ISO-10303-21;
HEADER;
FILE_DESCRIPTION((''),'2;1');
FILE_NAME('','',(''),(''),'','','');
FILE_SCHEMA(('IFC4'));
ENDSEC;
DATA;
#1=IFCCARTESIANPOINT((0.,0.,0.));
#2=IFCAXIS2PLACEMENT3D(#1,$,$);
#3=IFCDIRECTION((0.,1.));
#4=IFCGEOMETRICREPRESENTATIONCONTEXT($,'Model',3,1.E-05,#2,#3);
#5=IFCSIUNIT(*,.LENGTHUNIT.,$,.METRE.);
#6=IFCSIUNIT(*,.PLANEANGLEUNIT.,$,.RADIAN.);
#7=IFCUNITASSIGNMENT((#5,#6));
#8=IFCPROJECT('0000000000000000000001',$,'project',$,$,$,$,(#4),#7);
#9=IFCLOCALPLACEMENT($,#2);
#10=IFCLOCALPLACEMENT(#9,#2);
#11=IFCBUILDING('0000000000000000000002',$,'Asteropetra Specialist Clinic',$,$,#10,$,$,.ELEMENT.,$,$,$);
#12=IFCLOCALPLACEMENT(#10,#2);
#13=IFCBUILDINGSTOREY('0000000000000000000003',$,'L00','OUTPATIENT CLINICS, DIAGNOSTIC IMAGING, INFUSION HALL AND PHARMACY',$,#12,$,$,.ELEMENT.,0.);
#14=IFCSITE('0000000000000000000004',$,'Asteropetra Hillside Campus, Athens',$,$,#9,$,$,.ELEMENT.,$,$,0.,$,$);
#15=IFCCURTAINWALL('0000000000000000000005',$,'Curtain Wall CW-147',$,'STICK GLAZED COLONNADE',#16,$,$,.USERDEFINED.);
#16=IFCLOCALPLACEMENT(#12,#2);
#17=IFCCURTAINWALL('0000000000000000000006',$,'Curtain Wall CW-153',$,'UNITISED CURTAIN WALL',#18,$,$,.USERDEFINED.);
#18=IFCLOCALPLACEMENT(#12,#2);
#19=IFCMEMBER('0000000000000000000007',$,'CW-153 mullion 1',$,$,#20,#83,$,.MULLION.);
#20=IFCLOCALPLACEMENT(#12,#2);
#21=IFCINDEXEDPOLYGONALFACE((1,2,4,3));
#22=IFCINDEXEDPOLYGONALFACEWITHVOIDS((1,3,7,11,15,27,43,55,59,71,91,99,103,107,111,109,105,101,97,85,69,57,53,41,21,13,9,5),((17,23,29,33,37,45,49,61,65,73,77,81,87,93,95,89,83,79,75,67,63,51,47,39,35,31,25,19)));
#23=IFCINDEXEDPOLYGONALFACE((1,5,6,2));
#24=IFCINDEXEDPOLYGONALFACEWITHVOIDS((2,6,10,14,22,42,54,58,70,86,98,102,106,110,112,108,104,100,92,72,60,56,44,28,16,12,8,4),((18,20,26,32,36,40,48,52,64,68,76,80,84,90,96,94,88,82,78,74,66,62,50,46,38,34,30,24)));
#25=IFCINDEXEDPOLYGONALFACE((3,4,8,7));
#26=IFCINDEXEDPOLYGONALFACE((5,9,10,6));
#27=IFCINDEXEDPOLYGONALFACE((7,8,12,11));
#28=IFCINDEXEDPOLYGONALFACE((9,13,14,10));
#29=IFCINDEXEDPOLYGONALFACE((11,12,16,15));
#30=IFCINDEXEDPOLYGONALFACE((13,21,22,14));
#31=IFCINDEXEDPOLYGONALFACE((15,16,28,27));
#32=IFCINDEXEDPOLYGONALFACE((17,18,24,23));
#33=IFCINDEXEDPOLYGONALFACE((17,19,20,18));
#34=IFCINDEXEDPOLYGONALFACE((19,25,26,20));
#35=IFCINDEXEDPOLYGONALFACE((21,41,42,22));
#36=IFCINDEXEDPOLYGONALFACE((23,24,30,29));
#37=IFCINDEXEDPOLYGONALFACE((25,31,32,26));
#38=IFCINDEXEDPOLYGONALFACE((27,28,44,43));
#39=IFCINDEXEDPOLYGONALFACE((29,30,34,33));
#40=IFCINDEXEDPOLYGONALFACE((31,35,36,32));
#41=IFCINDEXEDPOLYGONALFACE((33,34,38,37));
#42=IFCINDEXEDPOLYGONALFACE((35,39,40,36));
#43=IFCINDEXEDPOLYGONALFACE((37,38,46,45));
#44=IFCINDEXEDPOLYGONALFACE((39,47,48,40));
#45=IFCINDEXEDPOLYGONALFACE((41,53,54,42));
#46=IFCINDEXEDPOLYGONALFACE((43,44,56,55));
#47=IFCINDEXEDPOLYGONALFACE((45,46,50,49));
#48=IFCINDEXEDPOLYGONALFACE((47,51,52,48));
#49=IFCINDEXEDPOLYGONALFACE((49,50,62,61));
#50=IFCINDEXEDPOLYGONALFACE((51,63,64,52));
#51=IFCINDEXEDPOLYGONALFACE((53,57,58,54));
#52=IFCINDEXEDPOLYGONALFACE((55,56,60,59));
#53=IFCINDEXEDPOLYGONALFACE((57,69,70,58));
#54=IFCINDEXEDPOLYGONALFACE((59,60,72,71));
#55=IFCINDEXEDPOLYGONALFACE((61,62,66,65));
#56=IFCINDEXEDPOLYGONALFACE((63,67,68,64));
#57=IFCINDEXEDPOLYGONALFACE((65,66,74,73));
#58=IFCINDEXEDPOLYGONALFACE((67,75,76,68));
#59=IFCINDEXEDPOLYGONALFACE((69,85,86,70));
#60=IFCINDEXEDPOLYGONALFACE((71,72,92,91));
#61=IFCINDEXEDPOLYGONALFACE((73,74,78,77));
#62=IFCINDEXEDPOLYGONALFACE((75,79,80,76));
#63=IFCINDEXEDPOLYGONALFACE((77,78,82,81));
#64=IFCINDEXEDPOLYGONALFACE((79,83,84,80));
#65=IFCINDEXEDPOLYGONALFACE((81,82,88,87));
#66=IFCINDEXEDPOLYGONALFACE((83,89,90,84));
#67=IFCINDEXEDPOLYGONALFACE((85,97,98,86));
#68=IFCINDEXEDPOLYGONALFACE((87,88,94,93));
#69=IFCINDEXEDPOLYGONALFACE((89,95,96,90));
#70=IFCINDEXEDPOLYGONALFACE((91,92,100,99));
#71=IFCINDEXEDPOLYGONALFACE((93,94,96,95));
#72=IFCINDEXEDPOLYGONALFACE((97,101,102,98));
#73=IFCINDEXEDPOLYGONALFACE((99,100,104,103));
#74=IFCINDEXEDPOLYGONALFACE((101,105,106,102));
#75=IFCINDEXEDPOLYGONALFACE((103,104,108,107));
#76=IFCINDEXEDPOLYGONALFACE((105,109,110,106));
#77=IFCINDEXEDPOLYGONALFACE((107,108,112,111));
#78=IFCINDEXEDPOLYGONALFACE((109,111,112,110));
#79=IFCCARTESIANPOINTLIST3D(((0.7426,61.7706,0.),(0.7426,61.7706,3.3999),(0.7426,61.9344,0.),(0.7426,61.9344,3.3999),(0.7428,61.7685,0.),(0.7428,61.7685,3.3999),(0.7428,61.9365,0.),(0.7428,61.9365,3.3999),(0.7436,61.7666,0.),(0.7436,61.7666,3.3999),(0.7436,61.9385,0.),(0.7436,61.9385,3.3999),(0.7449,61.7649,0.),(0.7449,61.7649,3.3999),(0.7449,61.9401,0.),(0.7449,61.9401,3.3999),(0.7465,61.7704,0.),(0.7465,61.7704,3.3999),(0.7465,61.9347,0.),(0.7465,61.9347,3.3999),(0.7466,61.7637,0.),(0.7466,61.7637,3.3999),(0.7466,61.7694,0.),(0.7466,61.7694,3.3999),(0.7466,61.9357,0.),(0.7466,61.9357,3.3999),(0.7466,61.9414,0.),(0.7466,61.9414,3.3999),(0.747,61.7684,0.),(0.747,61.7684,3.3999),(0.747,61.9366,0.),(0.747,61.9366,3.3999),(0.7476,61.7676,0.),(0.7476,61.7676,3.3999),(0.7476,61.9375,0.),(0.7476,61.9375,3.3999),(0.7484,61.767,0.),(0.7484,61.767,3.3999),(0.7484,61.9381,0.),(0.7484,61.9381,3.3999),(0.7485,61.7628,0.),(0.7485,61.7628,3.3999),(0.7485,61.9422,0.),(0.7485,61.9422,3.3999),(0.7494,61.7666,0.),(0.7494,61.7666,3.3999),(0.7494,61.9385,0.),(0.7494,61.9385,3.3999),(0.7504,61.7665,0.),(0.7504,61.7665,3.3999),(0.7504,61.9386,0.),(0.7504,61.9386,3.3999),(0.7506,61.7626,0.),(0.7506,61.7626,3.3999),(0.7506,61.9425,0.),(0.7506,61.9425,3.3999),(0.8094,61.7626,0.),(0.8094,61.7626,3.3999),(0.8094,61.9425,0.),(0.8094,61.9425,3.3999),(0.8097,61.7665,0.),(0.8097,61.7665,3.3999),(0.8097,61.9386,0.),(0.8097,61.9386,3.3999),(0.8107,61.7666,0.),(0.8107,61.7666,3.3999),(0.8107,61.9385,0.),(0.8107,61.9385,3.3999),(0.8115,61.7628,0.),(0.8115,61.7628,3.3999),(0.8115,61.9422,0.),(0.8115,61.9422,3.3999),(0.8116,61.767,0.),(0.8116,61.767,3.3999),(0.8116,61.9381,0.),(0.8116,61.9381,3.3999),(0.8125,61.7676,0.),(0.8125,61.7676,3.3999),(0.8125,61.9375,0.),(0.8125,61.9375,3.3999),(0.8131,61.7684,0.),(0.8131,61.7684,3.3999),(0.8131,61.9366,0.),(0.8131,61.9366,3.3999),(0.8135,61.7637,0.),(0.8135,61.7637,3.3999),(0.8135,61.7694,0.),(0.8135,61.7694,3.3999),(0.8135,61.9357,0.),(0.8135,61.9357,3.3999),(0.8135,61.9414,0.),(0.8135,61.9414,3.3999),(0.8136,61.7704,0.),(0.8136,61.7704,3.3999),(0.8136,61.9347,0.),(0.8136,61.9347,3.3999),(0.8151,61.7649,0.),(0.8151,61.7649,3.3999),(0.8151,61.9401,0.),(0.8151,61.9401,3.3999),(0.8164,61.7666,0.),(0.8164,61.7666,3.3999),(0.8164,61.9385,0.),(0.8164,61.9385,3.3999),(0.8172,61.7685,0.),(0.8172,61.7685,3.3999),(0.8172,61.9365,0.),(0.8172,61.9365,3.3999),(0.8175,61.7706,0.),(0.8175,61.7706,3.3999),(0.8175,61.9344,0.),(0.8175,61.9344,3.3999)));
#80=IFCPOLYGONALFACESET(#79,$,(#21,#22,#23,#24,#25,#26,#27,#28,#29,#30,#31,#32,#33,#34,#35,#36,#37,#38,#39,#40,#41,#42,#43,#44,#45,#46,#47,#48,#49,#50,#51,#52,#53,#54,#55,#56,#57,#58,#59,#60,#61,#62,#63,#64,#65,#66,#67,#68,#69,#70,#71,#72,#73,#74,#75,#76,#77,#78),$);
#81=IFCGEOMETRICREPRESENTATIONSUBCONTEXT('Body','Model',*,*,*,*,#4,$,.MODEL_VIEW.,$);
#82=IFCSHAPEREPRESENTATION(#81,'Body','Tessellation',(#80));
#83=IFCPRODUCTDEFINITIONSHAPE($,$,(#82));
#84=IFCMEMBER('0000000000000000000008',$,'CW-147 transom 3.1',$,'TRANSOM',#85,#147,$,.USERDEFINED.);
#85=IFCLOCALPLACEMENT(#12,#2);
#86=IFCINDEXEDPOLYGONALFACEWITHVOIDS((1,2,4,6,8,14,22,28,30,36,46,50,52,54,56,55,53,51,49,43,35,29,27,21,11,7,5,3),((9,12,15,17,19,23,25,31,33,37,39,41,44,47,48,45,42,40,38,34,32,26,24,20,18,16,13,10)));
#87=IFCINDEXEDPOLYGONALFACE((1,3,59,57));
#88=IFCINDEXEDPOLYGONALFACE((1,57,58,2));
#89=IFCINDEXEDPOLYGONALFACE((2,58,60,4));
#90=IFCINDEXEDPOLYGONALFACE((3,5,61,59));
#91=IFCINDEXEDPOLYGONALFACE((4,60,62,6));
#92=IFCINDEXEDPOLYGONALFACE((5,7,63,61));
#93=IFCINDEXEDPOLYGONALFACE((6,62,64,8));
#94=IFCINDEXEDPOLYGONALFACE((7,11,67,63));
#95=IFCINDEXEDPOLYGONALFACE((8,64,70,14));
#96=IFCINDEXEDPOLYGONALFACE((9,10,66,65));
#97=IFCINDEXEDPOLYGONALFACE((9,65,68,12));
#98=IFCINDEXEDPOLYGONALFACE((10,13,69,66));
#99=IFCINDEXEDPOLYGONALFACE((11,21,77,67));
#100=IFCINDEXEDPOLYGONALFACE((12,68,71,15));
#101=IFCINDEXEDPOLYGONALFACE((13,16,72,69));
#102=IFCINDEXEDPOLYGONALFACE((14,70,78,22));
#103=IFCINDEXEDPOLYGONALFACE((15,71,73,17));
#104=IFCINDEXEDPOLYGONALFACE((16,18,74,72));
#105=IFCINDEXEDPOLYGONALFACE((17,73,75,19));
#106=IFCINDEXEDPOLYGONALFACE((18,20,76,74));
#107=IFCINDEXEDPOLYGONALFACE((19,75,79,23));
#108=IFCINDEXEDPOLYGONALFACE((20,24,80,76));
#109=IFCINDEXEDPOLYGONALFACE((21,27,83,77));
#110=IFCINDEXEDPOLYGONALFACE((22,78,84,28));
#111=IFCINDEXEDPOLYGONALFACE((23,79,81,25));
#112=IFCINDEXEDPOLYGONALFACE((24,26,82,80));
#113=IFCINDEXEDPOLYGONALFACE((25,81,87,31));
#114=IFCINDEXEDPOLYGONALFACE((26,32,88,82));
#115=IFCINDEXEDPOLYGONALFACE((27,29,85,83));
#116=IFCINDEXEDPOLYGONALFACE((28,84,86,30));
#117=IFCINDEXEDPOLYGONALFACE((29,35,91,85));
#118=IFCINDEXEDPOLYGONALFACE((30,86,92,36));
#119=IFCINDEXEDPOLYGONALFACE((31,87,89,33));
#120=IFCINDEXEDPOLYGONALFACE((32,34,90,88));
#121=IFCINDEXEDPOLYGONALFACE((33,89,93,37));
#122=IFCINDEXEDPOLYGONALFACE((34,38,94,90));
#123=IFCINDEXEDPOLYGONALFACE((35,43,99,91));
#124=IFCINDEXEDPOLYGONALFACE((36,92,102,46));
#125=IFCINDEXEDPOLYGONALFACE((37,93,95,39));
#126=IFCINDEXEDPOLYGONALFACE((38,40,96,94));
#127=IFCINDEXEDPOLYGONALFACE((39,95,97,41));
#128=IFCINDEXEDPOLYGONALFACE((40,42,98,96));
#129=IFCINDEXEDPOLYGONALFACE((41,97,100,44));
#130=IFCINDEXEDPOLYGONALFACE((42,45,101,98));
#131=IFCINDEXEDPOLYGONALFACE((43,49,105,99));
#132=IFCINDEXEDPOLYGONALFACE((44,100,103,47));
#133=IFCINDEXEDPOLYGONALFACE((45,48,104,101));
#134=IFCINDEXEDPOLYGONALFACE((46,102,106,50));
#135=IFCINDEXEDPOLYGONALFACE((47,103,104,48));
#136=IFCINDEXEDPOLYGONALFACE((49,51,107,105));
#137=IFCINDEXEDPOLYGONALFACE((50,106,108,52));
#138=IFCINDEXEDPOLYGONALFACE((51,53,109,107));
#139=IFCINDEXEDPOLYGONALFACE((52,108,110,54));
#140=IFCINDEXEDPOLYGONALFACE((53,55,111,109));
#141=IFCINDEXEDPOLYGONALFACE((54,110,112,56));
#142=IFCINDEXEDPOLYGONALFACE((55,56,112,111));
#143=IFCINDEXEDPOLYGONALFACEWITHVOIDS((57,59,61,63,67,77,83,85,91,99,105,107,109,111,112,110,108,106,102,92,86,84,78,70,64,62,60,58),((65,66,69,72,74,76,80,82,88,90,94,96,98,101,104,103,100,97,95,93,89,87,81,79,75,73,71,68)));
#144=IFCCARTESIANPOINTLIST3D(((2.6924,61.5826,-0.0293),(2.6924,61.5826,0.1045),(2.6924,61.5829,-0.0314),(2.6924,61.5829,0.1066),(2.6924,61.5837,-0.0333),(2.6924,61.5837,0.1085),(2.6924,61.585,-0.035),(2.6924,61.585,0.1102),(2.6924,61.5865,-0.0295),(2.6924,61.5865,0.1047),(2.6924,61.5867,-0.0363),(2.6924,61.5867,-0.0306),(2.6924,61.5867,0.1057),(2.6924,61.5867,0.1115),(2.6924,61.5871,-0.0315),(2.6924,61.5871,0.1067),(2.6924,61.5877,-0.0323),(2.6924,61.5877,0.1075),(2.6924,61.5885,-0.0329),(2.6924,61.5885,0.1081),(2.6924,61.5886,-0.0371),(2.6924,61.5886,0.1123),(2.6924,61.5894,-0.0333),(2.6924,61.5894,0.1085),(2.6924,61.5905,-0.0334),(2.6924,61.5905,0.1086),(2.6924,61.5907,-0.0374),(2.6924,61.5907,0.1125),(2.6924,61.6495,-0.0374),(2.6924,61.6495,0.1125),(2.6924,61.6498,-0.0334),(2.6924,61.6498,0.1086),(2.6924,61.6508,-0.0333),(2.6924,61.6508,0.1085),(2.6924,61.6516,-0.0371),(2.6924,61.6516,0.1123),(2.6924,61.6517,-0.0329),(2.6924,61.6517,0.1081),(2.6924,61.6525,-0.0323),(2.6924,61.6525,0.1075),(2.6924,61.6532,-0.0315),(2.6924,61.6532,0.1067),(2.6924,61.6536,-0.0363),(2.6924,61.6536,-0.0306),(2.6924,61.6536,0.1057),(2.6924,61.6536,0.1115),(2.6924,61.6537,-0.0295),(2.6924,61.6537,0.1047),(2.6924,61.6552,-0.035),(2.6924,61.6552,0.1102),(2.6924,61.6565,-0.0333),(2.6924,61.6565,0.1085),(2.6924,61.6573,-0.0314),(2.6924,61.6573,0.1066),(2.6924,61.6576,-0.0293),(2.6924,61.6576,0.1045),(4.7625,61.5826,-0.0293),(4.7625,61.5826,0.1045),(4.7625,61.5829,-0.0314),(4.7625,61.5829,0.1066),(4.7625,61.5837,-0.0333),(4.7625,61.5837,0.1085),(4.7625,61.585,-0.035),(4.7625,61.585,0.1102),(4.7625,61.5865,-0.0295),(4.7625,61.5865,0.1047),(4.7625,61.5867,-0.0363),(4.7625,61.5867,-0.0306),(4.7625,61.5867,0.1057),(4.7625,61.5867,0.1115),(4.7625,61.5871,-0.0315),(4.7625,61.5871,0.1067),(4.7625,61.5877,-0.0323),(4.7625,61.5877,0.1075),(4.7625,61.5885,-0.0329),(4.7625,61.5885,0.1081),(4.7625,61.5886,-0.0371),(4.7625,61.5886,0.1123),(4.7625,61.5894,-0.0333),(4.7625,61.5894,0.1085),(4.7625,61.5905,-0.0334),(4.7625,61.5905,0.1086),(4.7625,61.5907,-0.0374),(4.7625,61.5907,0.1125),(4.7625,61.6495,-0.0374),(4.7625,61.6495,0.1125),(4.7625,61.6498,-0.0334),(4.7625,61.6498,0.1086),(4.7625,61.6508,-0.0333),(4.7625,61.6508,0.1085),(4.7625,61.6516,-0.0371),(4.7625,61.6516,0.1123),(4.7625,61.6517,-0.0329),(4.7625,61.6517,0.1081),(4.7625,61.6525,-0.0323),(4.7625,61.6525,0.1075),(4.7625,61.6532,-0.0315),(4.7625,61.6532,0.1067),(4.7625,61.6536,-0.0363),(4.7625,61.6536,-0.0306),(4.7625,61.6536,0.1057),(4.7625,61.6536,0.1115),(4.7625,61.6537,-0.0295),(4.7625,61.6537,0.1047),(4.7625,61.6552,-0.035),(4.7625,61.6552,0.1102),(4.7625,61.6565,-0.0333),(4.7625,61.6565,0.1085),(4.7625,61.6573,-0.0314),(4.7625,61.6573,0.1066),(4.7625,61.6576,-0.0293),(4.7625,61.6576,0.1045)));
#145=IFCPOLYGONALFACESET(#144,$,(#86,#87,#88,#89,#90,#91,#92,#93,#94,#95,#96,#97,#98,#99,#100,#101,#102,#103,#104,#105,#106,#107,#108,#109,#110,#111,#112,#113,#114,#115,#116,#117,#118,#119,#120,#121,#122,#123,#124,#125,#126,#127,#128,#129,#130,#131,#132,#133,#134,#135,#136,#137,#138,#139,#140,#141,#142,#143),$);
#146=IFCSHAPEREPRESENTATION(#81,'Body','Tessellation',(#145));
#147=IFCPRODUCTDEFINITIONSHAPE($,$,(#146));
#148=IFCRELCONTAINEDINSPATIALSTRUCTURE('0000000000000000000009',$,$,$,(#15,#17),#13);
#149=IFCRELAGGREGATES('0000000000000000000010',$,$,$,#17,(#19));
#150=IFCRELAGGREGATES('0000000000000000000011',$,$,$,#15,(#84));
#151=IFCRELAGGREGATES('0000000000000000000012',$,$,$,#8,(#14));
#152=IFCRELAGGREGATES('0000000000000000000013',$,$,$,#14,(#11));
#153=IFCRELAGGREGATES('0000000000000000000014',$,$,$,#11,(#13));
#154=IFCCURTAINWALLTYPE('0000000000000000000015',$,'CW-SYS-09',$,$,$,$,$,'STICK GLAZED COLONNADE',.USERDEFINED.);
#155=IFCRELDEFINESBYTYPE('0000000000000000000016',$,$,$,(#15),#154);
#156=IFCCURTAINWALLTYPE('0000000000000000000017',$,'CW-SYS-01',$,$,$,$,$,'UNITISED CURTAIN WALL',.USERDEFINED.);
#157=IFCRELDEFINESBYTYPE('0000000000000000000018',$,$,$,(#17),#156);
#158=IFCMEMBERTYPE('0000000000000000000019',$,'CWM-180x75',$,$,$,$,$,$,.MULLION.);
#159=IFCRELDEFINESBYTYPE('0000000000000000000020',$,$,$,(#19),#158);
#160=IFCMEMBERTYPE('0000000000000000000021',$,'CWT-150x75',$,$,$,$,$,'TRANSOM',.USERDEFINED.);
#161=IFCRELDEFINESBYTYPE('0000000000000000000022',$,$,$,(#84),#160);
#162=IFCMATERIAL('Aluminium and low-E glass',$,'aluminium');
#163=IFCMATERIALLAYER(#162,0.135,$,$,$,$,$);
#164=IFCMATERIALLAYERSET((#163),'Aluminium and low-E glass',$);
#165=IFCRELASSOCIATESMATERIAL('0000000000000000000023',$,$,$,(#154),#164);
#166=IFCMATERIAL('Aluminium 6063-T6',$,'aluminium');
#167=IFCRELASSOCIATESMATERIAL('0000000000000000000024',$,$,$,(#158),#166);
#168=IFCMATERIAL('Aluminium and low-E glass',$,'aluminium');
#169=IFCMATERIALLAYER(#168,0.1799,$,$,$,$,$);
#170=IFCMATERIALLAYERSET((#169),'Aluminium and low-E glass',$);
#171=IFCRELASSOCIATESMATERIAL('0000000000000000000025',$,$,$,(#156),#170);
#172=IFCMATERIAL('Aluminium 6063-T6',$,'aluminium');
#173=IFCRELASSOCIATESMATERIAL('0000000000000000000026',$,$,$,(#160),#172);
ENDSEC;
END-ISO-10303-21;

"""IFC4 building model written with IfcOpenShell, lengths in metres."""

from ifc_helpers import new_model, si_unit, direction, frame, origin, origin_2d, place, context, subcontext, project, spatial, hollow_rectangle, extrude, material, layer, layer_set, material_profile, profile_set, type_object, element, aggregate, save


model = new_model("IFC4")

# Units and contexts
model_context = context("Model", 3, precision=1e-05, world=origin(), true_north=direction((0.0, 1.0)))
body_context = subcontext(model_context, "Body", "Model", "MODEL_VIEW")
ifc_project = project(units=[si_unit("LENGTHUNIT", "METRE"), si_unit("PLANEANGLEUNIT", "RADIAN")], contexts=[model_context])

# Site, building, storey
site_placement = place(None, origin())
site = spatial("IfcSite", under=ifc_project, at=site_placement, Name="Asteropetra Hillside Campus, Athens", CompositionType="ELEMENT", RefElevation=0.0)
building_placement = place(site_placement, origin())
building = spatial("IfcBuilding", under=site, at=building_placement, Name="Asteropetra Specialist Clinic", CompositionType="ELEMENT")
storey_placement = place(building_placement, origin())
storey = spatial("IfcBuildingStorey", under=building, at=storey_placement, Name="L00", Description="OUTPATIENT CLINICS, DIAGNOSTIC IMAGING, INFUSION HALL AND PHARMACY", CompositionType="ELEMENT", Elevation=0.0)

# Curtain wall
ifc_material_1 = material(Name="Aluminium and low-E glass", Category="aluminium")
ifc_layer_1 = layer(ifc_material_1, 0.135)
ifc_layer_set_1 = layer_set([ifc_layer_1], Name="Aluminium and low-E glass")
curtain_wall_type_1 = type_object("IfcCurtainWallType", Name="CW-SYS-09", ElementType="STICK GLAZED COLONNADE", PredefinedType="USERDEFINED", material=ifc_layer_set_1)
curtain_wall_1_placement = place(storey_placement, origin())
curtain_wall_1 = element("IfcCurtainWall", 1, at=curtain_wall_1_placement, inside=storey, type_object=curtain_wall_type_1, Name="Curtain Wall CW-147", ObjectType="STICK GLAZED COLONNADE", PredefinedType="USERDEFINED")
ifc_material_2 = material(Name="Aluminium 6063-T6", Category="aluminium")
ifc_material_profile_1 = material_profile(ifc_material_2, hollow_rectangle(XDim=0.075, YDim=0.1799, WallThickness=0.0039, InnerFilletRadius=0.0039, OuterFilletRadius=0.0081, at=origin_2d()), Name="MUL 180x75x4.0")
ifc_profile_set_1 = profile_set([ifc_material_profile_1], Name="Aluminium 6063-T6")
member_type_1 = type_object("IfcMemberType", Name="CWM-180x75", PredefinedType="MULLION", material=ifc_profile_set_1)

# Curtain wall, member
ifc_material_3 = material(Name="Aluminium and low-E glass", Category="aluminium")
ifc_layer_2 = layer(ifc_material_3, 0.1799)
ifc_layer_set_2 = layer_set([ifc_layer_2], Name="Aluminium and low-E glass")
curtain_wall_type_2 = type_object("IfcCurtainWallType", Name="CW-SYS-01", ElementType="UNITISED CURTAIN WALL", PredefinedType="USERDEFINED", material=ifc_layer_set_2)
curtain_wall_2_placement = place(storey_placement, origin())
curtain_wall_2 = element("IfcCurtainWall", 2, at=curtain_wall_2_placement, inside=storey, type_object=curtain_wall_type_2, Name="Curtain Wall CW-153", ObjectType="UNITISED CURTAIN WALL", PredefinedType="USERDEFINED")
member_1_placement = place(storey_placement, frame((0.78, 61.8525, 0.0), z_axis=(0.0, 0.0, 1.0), x_axis=(1.0, 0.0, 0.0)))
member_1 = element("IfcMember", 3, at=member_1_placement, type_object=member_type_1, Name="CW-153 mullion 1", PredefinedType="MULLION", context=body_context, shape_type="SweptSolid", body=[
    extrude(hollow_rectangle(XDim=0.075, YDim=0.1799, WallThickness=0.0039, InnerFilletRadius=0.0039, OuterFilletRadius=0.0081, at=origin_2d()), origin(), (0.0, 0.0, 1.0), 3.3999),
])
aggregate(curtain_wall_2, [member_1])

# Member
ifc_material_4 = material(Name="Aluminium 6063-T6", Category="aluminium")
ifc_material_profile_2 = material_profile(ifc_material_4, hollow_rectangle(XDim=0.075, YDim=0.1499, WallThickness=0.0039, InnerFilletRadius=0.0039, OuterFilletRadius=0.0081, at=origin_2d()), Name="TRN 150x75x4.0")
ifc_profile_set_2 = profile_set([ifc_material_profile_2], Name="Aluminium 6063-T6")
member_type_2 = type_object("IfcMemberType", Name="CWT-150x75", ElementType="TRANSOM", PredefinedType="USERDEFINED", material=ifc_profile_set_2)
member_2_placement = place(storey_placement, frame((4.7625, 61.6201, 0.0376), z_axis=(-1.0, 0.0, 0.0), x_axis=(0.0, -1.0, 0.0)))
member_2 = element("IfcMember", 4, at=member_2_placement, type_object=member_type_2, Name="CW-147 transom 3.1", ObjectType="TRANSOM", PredefinedType="USERDEFINED", context=body_context, shape_type="SweptSolid", body=[
    extrude(hollow_rectangle(XDim=0.075, YDim=0.1499, WallThickness=0.0039, InnerFilletRadius=0.0039, OuterFilletRadius=0.0081, at=origin_2d()), origin(), (0.0, 0.0, 1.0), 2.0701),
])

aggregate(curtain_wall_1, [member_2])

save(model, "model.ifc")
